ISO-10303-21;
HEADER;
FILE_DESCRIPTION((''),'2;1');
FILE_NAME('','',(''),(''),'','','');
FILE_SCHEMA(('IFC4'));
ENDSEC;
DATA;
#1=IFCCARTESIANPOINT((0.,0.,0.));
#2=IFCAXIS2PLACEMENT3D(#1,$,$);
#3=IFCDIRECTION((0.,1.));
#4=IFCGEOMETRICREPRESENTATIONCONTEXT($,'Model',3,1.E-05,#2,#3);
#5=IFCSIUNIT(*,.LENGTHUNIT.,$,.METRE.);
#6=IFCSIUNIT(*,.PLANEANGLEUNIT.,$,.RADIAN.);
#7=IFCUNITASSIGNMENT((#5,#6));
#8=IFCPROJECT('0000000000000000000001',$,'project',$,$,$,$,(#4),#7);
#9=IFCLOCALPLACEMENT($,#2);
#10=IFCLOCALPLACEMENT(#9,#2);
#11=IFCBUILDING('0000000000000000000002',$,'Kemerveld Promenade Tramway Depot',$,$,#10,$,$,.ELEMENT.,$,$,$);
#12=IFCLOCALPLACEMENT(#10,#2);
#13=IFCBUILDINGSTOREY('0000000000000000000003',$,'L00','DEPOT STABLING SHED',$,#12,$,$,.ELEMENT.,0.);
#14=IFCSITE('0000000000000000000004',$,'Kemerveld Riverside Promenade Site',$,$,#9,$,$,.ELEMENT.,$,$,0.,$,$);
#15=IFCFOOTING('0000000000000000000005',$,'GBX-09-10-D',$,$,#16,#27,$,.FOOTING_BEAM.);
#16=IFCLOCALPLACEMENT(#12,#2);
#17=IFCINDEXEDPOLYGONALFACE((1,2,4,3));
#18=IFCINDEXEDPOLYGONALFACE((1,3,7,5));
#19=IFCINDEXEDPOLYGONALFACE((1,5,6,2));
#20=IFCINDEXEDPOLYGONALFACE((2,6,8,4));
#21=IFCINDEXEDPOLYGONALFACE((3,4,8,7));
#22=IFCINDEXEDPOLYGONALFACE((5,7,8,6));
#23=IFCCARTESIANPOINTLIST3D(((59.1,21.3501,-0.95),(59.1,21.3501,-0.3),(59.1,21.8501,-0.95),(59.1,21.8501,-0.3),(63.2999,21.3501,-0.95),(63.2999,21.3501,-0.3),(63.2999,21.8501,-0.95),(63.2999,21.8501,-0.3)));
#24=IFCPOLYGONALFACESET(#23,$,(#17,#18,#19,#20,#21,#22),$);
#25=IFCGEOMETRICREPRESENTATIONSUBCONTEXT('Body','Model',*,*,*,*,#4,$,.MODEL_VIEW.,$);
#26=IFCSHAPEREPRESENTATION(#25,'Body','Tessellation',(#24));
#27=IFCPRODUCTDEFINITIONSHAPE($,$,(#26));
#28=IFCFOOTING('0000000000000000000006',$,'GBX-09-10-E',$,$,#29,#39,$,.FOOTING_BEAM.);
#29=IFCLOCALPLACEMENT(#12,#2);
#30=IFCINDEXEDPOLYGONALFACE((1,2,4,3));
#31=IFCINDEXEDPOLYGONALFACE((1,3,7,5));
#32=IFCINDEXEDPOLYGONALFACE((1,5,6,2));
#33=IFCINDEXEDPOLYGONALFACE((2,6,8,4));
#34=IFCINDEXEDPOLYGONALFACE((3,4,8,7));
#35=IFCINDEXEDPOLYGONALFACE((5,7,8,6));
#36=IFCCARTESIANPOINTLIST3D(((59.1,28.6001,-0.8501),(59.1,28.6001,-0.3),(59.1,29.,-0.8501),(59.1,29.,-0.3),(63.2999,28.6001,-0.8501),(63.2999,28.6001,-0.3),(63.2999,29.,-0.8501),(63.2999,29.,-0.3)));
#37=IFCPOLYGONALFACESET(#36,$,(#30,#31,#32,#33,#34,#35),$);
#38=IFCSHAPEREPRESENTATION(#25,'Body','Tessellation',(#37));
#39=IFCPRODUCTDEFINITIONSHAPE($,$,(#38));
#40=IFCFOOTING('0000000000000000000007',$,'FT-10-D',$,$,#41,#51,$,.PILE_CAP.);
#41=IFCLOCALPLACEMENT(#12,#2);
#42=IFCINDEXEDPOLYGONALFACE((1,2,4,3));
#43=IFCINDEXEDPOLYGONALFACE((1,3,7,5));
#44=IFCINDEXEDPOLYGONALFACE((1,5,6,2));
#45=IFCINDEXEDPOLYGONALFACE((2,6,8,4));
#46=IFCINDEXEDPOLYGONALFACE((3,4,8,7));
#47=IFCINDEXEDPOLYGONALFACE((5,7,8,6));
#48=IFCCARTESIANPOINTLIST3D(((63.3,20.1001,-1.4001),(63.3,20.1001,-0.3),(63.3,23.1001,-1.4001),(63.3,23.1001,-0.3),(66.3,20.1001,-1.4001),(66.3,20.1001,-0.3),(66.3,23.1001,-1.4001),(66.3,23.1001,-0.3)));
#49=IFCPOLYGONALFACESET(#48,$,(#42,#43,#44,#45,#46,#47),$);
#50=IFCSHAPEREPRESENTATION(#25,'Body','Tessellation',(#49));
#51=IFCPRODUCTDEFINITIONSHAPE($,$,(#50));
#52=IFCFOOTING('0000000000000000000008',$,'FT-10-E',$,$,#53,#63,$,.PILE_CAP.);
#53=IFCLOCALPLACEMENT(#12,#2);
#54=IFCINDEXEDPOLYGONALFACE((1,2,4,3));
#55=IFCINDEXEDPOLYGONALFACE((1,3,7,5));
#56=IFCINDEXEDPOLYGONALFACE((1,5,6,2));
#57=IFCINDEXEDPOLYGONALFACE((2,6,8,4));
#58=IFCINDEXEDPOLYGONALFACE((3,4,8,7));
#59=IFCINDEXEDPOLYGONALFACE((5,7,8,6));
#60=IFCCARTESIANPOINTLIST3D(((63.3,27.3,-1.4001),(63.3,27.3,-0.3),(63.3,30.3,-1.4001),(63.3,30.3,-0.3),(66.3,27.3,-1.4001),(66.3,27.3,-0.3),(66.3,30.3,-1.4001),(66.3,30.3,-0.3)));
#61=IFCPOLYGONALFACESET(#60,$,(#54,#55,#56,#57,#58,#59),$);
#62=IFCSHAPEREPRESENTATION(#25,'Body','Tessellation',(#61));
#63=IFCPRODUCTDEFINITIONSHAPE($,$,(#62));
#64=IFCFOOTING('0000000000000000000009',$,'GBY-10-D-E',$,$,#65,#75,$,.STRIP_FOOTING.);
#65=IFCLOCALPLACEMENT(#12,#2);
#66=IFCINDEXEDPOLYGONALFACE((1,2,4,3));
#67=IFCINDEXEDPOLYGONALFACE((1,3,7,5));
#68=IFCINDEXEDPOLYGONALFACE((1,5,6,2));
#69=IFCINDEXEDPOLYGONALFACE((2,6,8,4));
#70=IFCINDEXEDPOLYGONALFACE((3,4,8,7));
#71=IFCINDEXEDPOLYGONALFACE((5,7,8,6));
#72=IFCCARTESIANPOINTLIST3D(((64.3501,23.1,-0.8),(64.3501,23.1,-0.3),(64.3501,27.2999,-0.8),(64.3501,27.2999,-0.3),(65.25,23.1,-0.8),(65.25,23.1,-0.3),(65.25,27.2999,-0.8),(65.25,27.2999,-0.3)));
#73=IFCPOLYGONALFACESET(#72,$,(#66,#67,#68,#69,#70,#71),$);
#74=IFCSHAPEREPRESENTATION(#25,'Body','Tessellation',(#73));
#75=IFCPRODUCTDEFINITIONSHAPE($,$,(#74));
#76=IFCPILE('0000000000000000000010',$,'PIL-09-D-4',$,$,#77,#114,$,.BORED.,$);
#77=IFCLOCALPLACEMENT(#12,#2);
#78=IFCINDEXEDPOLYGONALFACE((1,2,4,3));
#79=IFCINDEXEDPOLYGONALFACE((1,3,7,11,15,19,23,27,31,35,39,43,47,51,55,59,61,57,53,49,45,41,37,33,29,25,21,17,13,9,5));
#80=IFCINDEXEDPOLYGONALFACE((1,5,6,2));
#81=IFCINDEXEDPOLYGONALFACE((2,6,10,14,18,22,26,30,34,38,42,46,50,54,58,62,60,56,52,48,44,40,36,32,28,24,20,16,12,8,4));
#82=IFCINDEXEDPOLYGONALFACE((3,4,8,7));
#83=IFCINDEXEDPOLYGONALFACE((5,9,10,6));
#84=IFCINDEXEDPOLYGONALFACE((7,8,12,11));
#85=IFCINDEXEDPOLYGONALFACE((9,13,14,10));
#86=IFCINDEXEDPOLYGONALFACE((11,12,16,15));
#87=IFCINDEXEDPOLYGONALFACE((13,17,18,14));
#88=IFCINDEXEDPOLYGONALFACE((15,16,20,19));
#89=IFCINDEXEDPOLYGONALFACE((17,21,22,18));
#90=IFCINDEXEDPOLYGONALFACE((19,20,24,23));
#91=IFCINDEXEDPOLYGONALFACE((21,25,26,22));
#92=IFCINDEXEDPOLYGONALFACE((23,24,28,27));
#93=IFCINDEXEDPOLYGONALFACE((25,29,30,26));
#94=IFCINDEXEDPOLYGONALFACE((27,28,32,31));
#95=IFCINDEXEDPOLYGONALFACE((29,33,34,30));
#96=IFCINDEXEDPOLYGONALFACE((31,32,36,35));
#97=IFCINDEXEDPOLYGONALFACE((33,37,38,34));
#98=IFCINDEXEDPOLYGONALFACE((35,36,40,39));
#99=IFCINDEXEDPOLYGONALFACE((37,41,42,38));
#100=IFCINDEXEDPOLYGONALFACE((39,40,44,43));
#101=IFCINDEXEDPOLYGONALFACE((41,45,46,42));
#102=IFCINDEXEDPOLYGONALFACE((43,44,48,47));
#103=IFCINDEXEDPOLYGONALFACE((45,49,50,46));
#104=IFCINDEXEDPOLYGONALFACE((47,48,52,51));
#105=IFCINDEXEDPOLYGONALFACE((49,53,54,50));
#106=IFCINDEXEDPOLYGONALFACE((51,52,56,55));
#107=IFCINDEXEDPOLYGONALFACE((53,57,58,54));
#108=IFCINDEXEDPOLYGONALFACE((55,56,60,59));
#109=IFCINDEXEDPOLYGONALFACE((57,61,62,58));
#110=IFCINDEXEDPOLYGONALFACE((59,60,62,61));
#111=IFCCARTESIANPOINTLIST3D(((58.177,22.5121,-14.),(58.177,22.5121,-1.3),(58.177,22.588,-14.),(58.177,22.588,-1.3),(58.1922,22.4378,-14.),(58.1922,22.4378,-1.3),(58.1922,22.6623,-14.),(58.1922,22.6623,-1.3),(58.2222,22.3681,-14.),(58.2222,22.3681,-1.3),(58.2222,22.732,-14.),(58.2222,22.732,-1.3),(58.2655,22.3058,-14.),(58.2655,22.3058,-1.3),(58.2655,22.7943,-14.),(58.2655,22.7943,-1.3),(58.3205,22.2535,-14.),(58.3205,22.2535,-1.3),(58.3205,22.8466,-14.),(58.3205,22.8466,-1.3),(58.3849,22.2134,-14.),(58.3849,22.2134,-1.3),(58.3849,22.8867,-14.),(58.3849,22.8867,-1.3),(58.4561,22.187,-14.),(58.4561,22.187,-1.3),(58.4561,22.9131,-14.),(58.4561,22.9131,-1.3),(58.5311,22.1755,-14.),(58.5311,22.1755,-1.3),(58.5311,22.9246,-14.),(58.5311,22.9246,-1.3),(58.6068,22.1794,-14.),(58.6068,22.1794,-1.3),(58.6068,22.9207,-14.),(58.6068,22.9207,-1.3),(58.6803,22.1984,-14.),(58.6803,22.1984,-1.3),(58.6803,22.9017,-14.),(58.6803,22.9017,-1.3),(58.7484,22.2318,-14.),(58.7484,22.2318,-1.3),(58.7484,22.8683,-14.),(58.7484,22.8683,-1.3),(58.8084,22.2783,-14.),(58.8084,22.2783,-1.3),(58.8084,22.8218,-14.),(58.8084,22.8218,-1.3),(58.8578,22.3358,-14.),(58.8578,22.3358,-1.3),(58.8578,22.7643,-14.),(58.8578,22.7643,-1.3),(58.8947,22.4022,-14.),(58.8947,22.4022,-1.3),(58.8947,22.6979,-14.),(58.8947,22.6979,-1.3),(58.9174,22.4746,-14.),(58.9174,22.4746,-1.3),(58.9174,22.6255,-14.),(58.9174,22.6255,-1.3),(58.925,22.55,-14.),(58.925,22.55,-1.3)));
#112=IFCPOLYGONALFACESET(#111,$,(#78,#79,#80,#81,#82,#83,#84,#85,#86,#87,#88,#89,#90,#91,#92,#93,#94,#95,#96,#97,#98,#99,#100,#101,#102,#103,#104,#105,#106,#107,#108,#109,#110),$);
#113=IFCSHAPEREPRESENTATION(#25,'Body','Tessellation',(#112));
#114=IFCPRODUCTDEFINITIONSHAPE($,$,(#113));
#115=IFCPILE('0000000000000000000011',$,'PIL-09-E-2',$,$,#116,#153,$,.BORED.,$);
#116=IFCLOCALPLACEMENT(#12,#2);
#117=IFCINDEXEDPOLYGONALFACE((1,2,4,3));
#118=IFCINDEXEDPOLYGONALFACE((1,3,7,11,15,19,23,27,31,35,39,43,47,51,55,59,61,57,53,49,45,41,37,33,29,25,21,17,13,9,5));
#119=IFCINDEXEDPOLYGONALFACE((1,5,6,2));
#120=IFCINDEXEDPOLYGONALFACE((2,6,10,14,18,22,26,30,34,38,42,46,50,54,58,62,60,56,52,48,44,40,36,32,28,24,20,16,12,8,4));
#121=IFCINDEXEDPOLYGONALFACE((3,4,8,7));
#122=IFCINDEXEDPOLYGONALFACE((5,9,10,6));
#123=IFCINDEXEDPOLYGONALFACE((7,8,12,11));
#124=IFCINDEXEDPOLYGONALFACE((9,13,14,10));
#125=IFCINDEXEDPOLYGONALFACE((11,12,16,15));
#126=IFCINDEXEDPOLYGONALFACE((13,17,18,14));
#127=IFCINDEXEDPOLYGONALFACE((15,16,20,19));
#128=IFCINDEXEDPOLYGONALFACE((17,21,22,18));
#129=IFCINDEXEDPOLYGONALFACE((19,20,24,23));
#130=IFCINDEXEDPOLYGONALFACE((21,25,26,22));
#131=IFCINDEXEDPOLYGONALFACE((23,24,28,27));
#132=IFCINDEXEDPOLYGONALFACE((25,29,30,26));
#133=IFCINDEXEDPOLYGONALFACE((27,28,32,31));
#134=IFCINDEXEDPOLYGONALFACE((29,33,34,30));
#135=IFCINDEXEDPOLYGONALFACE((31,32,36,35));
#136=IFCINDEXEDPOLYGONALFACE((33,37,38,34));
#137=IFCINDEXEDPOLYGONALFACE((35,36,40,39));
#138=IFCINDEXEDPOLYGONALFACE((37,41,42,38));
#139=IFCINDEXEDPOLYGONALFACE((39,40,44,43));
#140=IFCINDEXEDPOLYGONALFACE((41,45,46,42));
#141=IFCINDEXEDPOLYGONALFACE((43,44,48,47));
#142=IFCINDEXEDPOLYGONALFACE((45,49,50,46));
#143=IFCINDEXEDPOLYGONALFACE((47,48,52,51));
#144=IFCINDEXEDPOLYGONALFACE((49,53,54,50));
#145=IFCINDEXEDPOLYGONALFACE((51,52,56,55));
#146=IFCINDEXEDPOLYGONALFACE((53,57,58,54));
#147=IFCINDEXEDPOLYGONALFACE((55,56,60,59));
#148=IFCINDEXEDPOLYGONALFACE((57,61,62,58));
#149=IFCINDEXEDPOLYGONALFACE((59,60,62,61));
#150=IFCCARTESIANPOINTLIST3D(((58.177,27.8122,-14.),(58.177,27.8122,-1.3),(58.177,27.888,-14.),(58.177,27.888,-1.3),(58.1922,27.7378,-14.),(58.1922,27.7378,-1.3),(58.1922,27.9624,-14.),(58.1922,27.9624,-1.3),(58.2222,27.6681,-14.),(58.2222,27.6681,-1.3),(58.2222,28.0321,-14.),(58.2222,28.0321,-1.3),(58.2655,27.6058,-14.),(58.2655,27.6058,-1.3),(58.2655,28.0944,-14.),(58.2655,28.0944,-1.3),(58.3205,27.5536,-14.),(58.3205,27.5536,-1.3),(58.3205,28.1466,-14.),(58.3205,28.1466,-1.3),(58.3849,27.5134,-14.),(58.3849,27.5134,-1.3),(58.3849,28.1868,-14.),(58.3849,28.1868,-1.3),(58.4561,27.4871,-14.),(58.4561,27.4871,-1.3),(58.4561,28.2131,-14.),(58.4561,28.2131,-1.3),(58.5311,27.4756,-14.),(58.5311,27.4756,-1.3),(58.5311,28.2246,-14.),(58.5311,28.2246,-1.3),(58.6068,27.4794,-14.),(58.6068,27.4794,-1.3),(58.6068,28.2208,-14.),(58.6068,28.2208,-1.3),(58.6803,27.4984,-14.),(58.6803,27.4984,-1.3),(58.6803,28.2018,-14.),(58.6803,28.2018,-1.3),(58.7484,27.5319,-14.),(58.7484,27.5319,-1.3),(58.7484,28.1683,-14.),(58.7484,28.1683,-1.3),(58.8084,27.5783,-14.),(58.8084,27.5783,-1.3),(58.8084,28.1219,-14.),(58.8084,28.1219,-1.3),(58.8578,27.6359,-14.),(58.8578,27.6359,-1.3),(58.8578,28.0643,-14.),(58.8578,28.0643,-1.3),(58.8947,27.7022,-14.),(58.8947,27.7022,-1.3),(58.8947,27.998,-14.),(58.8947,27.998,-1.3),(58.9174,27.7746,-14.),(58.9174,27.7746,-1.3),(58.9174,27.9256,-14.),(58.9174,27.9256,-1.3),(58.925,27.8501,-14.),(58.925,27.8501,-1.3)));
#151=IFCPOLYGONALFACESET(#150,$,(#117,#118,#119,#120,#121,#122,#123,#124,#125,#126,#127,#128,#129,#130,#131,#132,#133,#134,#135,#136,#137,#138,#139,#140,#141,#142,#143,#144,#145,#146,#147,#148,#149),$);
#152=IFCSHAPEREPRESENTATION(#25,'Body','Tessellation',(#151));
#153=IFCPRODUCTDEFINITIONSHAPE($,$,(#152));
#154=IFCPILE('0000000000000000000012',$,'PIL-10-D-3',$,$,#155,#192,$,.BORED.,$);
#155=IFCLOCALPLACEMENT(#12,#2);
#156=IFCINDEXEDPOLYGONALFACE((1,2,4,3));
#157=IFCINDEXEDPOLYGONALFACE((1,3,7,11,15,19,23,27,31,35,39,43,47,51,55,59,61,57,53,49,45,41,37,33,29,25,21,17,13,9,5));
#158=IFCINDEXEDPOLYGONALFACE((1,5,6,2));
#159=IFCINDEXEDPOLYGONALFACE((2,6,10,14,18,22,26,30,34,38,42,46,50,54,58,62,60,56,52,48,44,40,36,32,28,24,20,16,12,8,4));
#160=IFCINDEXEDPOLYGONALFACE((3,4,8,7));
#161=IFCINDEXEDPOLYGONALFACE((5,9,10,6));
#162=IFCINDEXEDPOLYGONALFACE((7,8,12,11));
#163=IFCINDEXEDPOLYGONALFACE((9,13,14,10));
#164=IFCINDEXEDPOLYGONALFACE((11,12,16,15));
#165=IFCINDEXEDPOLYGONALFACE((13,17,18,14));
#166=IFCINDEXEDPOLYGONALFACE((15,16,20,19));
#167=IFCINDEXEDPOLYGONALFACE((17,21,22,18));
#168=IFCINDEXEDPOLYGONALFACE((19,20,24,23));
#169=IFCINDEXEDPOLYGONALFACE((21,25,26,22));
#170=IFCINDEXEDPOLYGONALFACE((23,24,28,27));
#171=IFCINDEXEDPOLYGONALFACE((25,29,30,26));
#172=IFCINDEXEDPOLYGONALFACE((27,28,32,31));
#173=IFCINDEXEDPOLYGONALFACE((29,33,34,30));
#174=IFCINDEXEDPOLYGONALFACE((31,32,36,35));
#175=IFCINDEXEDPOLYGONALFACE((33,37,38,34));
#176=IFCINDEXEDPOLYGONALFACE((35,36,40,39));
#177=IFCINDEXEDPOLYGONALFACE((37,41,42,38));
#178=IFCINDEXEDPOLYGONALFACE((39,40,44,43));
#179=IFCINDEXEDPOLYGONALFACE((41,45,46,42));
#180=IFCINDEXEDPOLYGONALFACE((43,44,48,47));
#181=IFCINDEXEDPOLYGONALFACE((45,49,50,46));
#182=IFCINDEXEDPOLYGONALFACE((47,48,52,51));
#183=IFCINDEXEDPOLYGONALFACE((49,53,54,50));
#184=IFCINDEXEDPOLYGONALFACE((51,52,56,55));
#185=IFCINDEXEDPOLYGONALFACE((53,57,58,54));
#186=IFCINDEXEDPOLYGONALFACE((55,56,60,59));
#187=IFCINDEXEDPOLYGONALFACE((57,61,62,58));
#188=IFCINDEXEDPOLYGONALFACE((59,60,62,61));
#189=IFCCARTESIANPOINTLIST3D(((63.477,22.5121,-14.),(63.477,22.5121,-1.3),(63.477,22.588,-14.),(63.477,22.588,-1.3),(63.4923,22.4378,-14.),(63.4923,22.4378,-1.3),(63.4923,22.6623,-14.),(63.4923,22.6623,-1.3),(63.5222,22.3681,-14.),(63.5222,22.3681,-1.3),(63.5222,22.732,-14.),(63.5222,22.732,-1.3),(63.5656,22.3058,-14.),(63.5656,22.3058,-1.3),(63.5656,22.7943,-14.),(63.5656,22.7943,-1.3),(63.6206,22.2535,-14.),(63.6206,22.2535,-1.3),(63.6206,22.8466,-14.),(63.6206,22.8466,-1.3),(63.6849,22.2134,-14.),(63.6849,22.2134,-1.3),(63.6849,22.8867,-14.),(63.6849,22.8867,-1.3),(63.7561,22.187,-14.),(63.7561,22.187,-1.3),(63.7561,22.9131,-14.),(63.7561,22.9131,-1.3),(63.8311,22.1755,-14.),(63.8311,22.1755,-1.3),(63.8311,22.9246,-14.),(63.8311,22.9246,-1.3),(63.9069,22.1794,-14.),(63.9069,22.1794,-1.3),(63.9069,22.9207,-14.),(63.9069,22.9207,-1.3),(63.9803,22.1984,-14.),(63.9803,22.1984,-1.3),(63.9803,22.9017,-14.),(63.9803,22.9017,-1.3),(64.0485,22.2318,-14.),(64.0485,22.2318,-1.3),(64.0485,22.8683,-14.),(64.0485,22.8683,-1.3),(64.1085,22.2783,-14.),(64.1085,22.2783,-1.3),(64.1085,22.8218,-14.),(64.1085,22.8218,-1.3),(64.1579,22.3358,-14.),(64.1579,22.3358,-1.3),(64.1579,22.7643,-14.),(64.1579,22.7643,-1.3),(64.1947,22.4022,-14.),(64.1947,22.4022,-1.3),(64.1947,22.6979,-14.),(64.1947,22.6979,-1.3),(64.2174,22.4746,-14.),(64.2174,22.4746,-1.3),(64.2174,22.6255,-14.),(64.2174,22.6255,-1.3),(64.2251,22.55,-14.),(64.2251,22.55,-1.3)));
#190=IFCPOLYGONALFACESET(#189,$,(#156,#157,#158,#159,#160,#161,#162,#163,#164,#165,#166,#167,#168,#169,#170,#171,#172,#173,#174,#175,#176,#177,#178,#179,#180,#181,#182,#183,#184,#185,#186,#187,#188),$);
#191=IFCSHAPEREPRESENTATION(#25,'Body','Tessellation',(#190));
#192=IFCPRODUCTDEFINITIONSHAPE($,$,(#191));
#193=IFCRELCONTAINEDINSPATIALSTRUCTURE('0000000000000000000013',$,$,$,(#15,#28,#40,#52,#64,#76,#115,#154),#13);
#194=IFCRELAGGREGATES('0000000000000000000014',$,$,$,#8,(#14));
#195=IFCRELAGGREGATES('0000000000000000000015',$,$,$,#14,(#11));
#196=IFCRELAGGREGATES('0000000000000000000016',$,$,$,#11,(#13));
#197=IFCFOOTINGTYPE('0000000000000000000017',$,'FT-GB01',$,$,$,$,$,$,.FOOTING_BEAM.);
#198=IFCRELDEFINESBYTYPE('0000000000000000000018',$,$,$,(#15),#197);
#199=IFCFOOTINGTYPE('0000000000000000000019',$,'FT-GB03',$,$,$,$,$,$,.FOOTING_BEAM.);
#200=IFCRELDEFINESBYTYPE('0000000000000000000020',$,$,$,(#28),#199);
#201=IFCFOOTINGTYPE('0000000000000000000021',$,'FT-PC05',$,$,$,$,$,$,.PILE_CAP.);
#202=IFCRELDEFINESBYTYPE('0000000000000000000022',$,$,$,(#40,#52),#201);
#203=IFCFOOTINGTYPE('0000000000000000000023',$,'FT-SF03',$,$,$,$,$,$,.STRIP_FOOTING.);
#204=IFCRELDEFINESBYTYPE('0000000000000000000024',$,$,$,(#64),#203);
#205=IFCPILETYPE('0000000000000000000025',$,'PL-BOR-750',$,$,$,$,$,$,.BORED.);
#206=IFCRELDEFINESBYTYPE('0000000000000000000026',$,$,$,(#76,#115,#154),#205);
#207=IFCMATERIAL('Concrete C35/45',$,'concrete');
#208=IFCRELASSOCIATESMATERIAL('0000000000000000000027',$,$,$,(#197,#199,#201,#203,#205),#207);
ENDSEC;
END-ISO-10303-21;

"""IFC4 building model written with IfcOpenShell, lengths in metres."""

from ifc_helpers import new_model, si_unit, direction, frame, origin, origin_2d, place, context, subcontext, project, spatial, rectangle, circle, extrude, material, material_profile, profile_set, type_object, element, save


model = new_model("IFC4")

# Units and contexts
model_context = context("Model", 3, precision=1e-05, world=origin(), true_north=direction((0.0, 1.0)))
body_context = subcontext(model_context, "Body", "Model", "MODEL_VIEW")
ifc_project = project(units=[si_unit("LENGTHUNIT", "METRE"), si_unit("PLANEANGLEUNIT", "RADIAN")], contexts=[model_context])

# Site, building, storey
site_placement = place(None, origin())
site = spatial("IfcSite", under=ifc_project, at=site_placement, Name="Kemerveld Riverside Promenade Site", CompositionType="ELEMENT", RefElevation=0.0)
building_placement = place(site_placement, origin())
building = spatial("IfcBuilding", under=site, at=building_placement, Name="Kemerveld Promenade Tramway Depot", CompositionType="ELEMENT")
storey_placement = place(building_placement, origin())
storey = spatial("IfcBuildingStorey", under=building, at=storey_placement, Name="L00", Description="DEPOT STABLING SHED", CompositionType="ELEMENT", Elevation=0.0)

# Footings
ifc_material_1 = material(Name="Concrete C35/45", Category="concrete")
footing_type_1 = type_object("IfcFootingType", Name="FT-GB01", PredefinedType="FOOTING_BEAM", material=ifc_material_1)
footing_1_placement = place(storey_placement, frame((61.2, 21.6001, -0.95), z_axis=(0.0, 0.0, 1.0), x_axis=(1.0, 0.0, 0.0)))
element("IfcFooting", 1, at=footing_1_placement, inside=storey, type_object=footing_type_1, Name="GBX-09-10-D", PredefinedType="FOOTING_BEAM", context=body_context, shape_type="SweptSolid", body=[
    extrude(rectangle(XDim=4.2, YDim=0.5, at=origin_2d()), origin(), (0.0, 0.0, 1.0), 0.6499),
])
footing_type_2 = type_object("IfcFootingType", Name="FT-GB03", PredefinedType="FOOTING_BEAM", material=ifc_material_1)
footing_2_placement = place(storey_placement, frame((61.2, 28.8, -0.8501), z_axis=(0.0, 0.0, 1.0), x_axis=(1.0, 0.0, 0.0)))
element("IfcFooting", 2, at=footing_2_placement, inside=storey, type_object=footing_type_2, Name="GBX-09-10-E", PredefinedType="FOOTING_BEAM", context=body_context, shape_type="SweptSolid", body=[
    extrude(rectangle(XDim=4.2, YDim=0.3999, at=origin_2d()), origin(), (0.0, 0.0, 1.0), 0.55),
])
footing_type_3 = type_object("IfcFootingType", Name="FT-PC05", PredefinedType="PILE_CAP", material=ifc_material_1)
for number, where, z_axis, x_axis, name in (
    (3, (64.8, 21.6001, -1.4001), (0.0, 0.0, 1.0), (1.0, 0.0, 0.0), "FT-10-D"),
    (4, (64.8, 28.8, -1.4001), (0.0, 0.0, 1.0), (1.0, 0.0, 0.0), "FT-10-E"),
):
    element("IfcFooting", number, at=place(storey_placement, frame(where, z_axis=z_axis, x_axis=x_axis)), inside=storey, type_object=footing_type_3, Name=name, PredefinedType="PILE_CAP", context=body_context, shape_type="SweptSolid", body=[
        extrude(rectangle(XDim=3.0, YDim=3.0, at=origin_2d()), origin(), (0.0, 0.0, 1.0), 1.1001),
    ])
footing_type_4 = type_object("IfcFootingType", Name="FT-SF03", PredefinedType="STRIP_FOOTING", material=ifc_material_1)
footing_3_placement = place(storey_placement, frame((64.8, 25.2, -0.8), z_axis=(0.0, 0.0, 1.0), x_axis=(0.0, 1.0, 0.0)))
element("IfcFooting", 5, at=footing_3_placement, inside=storey, type_object=footing_type_4, Name="GBY-10-D-E", PredefinedType="STRIP_FOOTING", context=body_context, shape_type="SweptSolid", body=[
    extrude(rectangle(XDim=4.2, YDim=0.8999, at=origin_2d()), origin(), (0.0, 0.0, 1.0), 0.5),
])

# Piles
ifc_material_profile_1 = material_profile(ifc_material_1, circle(Radius=0.375, at=origin_2d()), Name="PILE-D750")
ifc_profile_set_1 = profile_set([ifc_material_profile_1], Name="Concrete C35/45")
pile_type = type_object("IfcPileType", Name="PL-BOR-750", PredefinedType="BORED", material=ifc_profile_set_1)
for number, where, z_axis, x_axis, name in (
    (6, (58.55, 22.55, -1.3), (0.0, 0.0, -1.0), (1.0, 0.0, 0.0), "PIL-09-D-4"),
    (7, (58.55, 27.8501, -1.3), (0.0, 0.0, -1.0), (1.0, 0.0, 0.0), "PIL-09-E-2"),
    (8, (63.8501, 22.55, -1.3), (0.0, 0.0, -1.0), (1.0, 0.0, 0.0), "PIL-10-D-3"),
):
    element("IfcPile", number, at=place(storey_placement, frame(where, z_axis=z_axis, x_axis=x_axis)), inside=storey, type_object=pile_type, Name=name, PredefinedType="BORED", context=body_context, shape_type="SweptSolid", body=[
        extrude(circle(Radius=0.375, at=origin_2d()), origin(), (0.0, 0.0, 1.0), 12.7),
    ])

save(model, "model.ifc")
